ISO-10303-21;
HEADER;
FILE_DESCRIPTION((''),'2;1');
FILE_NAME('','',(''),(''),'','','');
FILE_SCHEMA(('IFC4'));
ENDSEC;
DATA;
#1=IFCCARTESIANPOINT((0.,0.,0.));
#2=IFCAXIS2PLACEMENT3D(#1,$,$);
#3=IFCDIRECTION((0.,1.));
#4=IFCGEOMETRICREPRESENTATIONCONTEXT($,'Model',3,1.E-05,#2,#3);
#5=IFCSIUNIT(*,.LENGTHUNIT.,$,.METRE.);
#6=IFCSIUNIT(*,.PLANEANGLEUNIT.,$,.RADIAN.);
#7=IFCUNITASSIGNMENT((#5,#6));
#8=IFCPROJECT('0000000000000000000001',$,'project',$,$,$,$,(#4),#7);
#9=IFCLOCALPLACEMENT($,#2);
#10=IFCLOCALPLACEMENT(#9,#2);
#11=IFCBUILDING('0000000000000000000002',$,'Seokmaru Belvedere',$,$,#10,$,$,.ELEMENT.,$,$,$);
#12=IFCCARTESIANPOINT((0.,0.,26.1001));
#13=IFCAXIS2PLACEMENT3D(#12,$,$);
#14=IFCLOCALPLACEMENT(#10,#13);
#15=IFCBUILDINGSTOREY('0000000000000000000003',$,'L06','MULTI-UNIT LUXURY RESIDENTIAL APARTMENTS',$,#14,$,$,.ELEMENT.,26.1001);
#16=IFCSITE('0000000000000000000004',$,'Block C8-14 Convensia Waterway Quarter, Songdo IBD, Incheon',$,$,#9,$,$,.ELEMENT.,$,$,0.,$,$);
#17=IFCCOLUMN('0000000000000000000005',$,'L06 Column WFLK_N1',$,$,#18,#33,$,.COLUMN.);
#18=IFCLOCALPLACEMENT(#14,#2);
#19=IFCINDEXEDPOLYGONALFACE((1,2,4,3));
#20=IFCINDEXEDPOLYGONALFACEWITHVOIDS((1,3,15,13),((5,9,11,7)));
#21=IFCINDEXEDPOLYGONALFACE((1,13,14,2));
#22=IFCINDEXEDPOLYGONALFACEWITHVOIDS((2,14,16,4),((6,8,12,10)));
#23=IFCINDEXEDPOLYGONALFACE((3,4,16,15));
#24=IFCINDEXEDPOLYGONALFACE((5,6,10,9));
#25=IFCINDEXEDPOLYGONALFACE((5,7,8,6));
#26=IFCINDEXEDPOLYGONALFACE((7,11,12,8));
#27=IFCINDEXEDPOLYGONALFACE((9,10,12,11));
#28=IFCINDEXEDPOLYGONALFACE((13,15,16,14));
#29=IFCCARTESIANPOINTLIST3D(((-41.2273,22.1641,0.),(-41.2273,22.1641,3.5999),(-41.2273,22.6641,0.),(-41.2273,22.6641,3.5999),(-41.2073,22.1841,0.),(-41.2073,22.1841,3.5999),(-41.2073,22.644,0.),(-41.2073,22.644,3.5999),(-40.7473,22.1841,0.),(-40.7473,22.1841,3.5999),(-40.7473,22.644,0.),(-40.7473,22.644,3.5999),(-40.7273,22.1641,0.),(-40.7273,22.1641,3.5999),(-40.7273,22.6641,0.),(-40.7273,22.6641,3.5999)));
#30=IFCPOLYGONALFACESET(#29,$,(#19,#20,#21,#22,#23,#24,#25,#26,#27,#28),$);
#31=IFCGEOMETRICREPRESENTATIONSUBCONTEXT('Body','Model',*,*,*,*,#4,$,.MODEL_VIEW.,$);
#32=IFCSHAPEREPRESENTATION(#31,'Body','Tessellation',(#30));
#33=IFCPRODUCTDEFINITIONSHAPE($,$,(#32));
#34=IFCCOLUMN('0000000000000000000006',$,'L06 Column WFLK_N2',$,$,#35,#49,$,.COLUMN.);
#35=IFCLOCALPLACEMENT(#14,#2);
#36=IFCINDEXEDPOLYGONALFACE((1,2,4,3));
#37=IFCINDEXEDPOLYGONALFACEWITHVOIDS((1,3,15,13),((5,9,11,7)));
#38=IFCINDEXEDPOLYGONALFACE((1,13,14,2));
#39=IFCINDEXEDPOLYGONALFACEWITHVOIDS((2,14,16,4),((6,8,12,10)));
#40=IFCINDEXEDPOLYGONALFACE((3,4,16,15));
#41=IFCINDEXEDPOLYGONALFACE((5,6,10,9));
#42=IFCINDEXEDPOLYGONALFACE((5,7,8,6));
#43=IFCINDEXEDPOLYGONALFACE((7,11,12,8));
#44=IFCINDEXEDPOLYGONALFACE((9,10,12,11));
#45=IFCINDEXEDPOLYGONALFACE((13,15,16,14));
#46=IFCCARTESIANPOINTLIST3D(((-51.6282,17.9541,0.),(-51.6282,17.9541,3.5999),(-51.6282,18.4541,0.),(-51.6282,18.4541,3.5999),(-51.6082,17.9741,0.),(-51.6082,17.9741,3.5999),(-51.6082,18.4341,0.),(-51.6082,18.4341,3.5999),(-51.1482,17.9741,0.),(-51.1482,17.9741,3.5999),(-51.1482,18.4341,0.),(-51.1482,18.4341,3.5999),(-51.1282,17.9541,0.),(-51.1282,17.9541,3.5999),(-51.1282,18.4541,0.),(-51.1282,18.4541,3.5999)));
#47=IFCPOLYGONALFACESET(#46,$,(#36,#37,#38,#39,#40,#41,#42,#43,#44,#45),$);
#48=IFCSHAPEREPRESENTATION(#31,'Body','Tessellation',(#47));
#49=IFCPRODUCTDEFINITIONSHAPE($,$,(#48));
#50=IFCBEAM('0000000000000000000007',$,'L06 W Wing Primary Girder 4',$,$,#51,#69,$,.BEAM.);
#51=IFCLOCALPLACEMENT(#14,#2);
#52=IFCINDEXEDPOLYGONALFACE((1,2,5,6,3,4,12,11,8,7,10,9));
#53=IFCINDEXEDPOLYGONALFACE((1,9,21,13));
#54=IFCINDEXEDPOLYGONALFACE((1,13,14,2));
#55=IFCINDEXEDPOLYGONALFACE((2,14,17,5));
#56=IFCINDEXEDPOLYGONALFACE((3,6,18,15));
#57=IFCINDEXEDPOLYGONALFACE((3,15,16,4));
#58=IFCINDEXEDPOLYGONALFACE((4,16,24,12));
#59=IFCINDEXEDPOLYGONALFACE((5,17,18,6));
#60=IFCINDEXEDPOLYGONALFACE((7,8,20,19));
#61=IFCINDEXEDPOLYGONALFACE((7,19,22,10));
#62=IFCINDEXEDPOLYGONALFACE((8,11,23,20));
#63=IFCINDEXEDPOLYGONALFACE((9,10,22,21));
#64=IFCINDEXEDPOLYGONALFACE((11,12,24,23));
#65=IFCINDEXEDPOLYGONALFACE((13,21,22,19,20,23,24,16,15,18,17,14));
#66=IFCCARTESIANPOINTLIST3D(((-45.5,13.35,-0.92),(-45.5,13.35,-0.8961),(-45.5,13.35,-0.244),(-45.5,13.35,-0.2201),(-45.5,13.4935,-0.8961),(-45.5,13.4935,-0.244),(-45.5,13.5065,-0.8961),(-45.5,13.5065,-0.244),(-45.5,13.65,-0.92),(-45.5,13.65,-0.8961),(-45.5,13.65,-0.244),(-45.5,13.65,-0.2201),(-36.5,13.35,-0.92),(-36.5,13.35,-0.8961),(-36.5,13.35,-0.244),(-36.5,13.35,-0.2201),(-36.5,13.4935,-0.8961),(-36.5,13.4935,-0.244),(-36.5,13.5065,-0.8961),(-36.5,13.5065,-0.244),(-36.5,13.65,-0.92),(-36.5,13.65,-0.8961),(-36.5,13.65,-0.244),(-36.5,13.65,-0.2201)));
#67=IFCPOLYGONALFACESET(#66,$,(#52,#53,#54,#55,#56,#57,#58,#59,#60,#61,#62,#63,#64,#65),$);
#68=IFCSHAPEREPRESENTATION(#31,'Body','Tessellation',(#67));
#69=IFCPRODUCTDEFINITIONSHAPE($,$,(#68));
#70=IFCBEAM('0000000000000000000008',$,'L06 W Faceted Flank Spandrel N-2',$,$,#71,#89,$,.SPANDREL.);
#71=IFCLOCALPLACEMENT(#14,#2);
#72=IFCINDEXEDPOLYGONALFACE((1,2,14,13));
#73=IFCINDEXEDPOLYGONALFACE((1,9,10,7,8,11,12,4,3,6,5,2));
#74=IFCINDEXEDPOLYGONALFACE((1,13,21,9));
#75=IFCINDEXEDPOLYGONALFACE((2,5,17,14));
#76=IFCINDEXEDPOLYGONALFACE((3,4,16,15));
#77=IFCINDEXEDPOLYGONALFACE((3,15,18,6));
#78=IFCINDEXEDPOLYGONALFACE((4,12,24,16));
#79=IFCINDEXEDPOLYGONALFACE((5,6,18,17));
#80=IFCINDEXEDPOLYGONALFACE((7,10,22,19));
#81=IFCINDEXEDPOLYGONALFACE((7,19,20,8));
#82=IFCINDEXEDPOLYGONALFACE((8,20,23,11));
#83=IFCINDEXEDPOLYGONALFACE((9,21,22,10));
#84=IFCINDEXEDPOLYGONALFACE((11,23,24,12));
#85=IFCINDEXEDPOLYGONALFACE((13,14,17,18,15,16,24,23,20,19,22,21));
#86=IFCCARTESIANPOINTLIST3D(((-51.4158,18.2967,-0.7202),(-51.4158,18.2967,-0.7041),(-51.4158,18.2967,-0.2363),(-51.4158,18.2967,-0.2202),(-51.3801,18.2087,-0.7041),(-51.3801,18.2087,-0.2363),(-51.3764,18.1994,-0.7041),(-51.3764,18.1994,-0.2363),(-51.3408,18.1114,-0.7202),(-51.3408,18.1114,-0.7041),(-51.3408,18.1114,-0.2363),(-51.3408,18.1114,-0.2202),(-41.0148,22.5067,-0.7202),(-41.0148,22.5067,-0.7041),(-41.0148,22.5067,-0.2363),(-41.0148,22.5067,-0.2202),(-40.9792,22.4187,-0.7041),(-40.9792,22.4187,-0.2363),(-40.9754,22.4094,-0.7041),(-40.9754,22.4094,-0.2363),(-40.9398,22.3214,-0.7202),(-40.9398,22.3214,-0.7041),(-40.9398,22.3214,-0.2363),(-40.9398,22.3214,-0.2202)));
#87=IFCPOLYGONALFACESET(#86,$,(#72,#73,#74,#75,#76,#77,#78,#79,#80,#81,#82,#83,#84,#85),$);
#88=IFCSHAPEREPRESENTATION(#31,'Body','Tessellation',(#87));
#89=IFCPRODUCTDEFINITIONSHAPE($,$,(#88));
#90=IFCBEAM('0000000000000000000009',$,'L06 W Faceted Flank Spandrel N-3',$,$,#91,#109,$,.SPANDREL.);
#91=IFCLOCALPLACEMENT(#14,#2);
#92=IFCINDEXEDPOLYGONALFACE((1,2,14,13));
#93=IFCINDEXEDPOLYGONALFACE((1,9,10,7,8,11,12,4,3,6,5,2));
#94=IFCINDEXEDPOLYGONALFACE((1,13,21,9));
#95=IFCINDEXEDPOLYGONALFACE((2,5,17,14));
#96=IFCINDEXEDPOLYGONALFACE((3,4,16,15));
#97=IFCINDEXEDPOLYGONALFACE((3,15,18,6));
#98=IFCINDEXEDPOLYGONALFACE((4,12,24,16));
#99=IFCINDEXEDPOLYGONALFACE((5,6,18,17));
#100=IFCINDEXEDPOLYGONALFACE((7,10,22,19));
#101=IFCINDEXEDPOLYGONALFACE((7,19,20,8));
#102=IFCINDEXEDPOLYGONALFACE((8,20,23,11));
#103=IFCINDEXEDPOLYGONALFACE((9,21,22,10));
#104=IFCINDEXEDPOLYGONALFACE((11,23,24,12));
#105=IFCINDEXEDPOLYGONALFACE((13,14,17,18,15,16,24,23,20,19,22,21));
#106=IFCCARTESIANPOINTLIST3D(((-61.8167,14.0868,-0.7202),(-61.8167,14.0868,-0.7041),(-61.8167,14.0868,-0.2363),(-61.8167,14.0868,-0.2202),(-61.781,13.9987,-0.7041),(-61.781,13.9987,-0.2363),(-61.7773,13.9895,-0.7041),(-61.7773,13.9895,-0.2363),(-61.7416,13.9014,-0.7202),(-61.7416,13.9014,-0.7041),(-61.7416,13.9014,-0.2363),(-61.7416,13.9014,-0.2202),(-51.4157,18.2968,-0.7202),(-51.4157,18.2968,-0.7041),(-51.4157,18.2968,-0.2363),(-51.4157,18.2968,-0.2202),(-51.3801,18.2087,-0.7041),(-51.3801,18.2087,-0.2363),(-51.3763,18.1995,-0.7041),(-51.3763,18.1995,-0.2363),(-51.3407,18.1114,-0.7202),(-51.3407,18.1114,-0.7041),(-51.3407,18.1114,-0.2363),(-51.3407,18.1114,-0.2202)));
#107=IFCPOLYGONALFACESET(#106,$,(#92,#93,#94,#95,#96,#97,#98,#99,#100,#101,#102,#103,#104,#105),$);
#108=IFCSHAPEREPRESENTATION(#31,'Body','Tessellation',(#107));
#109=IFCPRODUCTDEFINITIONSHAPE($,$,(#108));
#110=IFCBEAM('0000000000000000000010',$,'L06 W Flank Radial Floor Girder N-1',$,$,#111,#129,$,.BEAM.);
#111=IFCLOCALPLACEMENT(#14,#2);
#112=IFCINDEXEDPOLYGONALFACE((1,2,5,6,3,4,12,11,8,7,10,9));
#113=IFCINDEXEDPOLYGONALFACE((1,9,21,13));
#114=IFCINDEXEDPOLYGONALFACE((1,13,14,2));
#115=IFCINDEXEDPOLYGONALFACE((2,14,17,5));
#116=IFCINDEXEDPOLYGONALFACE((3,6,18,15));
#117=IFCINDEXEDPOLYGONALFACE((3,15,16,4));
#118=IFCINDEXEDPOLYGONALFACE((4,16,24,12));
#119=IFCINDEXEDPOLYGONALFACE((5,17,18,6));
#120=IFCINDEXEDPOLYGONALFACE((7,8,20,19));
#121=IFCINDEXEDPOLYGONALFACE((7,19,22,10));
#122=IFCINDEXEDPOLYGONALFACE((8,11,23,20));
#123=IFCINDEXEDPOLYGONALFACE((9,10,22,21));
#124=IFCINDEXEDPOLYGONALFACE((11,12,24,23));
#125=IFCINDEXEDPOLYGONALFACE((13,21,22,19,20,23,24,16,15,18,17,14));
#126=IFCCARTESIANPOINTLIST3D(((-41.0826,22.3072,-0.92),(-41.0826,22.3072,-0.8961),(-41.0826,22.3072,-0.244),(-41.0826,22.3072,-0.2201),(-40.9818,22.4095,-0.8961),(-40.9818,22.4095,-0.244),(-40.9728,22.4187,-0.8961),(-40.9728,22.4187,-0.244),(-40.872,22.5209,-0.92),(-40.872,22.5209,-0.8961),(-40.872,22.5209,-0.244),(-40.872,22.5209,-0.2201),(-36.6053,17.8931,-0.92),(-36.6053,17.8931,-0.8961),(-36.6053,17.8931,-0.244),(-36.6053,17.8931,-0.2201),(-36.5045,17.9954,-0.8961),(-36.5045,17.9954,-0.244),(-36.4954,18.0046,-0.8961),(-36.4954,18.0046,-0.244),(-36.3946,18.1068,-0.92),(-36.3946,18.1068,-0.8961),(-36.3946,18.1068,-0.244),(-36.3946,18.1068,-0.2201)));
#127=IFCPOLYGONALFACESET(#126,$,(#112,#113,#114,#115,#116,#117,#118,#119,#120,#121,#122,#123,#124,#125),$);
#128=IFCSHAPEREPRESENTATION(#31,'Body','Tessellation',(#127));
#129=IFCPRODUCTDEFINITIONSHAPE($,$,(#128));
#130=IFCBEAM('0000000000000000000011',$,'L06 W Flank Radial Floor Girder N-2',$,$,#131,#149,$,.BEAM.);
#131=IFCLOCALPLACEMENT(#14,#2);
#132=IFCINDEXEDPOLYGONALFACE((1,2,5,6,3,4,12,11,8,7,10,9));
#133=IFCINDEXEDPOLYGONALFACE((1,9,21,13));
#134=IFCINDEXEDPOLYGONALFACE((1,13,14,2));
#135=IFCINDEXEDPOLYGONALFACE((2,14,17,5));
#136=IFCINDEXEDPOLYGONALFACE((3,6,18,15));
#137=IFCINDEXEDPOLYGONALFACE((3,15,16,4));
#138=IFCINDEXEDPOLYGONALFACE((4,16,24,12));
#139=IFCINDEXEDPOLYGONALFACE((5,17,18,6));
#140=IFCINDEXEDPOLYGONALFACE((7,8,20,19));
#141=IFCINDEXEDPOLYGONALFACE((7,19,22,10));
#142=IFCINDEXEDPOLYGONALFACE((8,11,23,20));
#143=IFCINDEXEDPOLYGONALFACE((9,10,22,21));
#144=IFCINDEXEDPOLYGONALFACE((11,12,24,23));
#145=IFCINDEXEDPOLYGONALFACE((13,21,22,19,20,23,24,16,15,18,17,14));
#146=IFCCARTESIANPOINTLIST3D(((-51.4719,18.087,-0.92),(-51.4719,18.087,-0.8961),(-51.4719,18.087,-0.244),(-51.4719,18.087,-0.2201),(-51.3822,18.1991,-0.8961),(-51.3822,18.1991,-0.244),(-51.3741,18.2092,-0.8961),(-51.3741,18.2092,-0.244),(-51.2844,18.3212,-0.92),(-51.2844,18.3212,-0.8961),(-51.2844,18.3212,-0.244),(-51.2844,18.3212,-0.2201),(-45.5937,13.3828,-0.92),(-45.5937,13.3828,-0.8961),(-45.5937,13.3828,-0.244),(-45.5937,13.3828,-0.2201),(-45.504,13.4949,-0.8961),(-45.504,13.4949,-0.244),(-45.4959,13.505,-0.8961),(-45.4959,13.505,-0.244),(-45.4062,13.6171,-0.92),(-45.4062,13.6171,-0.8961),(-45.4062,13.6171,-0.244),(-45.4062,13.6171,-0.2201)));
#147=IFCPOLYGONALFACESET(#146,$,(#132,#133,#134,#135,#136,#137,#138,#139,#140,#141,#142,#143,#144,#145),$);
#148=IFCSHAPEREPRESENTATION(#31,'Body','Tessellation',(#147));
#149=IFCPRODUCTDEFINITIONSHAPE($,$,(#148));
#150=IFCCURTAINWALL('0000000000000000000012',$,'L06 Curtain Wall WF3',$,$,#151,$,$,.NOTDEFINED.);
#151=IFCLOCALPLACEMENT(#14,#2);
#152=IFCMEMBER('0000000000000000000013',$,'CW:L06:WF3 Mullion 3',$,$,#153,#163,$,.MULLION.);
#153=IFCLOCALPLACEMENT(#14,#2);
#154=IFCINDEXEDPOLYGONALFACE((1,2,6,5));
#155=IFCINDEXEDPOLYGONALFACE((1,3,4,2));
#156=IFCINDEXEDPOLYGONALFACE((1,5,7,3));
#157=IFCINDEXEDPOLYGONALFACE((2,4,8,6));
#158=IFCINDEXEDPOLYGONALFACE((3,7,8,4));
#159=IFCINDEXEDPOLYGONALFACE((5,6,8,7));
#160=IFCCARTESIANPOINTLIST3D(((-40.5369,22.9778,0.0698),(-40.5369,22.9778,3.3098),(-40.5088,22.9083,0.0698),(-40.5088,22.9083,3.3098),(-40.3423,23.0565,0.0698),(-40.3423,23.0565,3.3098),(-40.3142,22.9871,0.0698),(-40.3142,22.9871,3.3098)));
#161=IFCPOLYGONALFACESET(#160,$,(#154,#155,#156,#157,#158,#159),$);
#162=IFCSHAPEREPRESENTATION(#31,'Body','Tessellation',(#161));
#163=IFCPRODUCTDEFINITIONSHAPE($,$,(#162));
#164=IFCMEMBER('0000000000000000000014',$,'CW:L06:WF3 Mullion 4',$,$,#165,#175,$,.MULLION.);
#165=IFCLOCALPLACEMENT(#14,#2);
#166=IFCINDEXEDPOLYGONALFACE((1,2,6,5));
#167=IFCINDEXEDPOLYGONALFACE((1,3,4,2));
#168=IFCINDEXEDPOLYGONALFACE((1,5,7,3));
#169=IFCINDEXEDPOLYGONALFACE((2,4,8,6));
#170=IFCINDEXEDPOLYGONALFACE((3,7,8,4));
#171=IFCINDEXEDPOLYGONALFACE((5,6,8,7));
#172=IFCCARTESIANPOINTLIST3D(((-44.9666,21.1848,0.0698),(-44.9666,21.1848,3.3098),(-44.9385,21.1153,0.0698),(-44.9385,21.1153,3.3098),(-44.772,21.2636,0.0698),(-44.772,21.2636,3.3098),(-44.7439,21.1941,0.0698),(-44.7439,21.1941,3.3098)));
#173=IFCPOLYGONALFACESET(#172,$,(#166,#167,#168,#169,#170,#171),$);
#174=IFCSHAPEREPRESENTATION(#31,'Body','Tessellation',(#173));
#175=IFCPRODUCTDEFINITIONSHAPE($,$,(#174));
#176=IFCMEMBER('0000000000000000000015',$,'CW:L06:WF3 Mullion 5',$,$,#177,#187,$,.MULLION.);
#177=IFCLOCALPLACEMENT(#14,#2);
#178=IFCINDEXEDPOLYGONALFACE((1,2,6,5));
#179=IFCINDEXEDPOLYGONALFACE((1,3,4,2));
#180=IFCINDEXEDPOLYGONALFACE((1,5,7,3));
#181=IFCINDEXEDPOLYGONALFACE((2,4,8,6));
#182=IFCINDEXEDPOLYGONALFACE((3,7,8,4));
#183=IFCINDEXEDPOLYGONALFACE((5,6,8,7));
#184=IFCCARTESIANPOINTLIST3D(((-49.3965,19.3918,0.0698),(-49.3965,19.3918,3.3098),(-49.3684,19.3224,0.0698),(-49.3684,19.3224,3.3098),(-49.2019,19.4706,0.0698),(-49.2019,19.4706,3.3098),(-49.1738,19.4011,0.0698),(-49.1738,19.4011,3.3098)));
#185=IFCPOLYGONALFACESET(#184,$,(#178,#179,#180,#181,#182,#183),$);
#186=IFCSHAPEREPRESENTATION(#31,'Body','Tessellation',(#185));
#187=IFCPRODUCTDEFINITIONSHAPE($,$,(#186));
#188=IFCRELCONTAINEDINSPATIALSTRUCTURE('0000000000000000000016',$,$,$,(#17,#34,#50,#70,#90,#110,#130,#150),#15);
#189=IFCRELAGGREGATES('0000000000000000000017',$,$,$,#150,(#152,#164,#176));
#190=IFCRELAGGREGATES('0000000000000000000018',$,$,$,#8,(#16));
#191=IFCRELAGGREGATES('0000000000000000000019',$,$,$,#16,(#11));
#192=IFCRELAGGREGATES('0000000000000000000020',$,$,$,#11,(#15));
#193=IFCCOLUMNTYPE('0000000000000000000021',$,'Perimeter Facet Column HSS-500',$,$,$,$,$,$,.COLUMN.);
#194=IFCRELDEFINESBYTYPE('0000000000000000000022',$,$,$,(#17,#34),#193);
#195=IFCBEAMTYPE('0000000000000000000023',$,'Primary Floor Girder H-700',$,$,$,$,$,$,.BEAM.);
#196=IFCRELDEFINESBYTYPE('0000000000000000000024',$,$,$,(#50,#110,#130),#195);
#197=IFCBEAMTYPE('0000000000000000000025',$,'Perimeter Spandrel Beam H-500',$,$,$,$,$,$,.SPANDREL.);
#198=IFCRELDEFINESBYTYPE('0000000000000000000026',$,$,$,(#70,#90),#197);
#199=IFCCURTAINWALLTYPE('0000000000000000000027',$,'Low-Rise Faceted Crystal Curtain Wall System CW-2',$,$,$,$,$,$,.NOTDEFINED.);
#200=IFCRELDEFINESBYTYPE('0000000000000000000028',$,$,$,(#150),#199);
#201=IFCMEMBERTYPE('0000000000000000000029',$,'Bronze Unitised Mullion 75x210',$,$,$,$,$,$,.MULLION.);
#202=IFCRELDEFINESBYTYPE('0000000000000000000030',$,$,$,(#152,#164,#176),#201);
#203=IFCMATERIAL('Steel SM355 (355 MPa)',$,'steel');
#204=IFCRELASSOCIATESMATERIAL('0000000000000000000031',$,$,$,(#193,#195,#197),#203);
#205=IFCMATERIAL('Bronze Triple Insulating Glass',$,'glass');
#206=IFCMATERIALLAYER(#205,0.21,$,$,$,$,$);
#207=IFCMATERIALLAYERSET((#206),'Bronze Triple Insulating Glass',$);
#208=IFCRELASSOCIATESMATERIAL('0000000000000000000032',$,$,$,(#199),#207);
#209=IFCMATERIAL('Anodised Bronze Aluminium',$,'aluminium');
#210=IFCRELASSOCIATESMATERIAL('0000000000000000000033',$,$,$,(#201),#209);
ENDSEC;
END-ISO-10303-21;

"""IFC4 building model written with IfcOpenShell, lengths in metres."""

from ifc_helpers import new_model, si_unit, direction, frame, origin, origin_2d, place, context, subcontext, project, spatial, rectangle, hollow_rectangle, i_section, extrude, source, transform, mapped, material, layer, layer_set, material_profile, profile_set, type_object, type_shapes, element, aggregate, save


model = new_model("IFC4")

# Units and contexts
model_context = context("Model", 3, precision=1e-05, world=origin(), true_north=direction((0.0, 1.0)))
body_context = subcontext(model_context, "Body", "Model", "MODEL_VIEW")
ifc_project = project(units=[si_unit("LENGTHUNIT", "METRE"), si_unit("PLANEANGLEUNIT", "RADIAN")], contexts=[model_context])

# Site, building, storey
site_placement = place(None, origin())
site = spatial("IfcSite", under=ifc_project, at=site_placement, Name="Block C8-14 Convensia Waterway Quarter, Songdo IBD, Incheon", CompositionType="ELEMENT", RefElevation=0.0)
building_placement = place(site_placement, origin())
building = spatial("IfcBuilding", under=site, at=building_placement, Name="Seokmaru Belvedere", CompositionType="ELEMENT")
storey_placement = place(building_placement, frame((0.0, 0.0, 26.1001)))
storey = spatial("IfcBuildingStorey", under=building, at=storey_placement, Name="L06", Description="MULTI-UNIT LUXURY RESIDENTIAL APARTMENTS", CompositionType="ELEMENT", Elevation=26.1001)

# Columns
ifc_material_1 = material(Name="Steel SM355 (355 MPa)", Category="steel")
ifc_material_profile_1 = material_profile(ifc_material_1, hollow_rectangle(XDim=0.5, YDim=0.5, WallThickness=0.02, at=origin_2d()), Name="HSS-500x500x20")
ifc_profile_set_1 = profile_set([ifc_material_profile_1], Name="Steel SM355 (355 MPa)")
column_type = type_object("IfcColumnType", Name="Perimeter Facet Column HSS-500", PredefinedType="COLUMN", material=ifc_profile_set_1)
shared_shape_1 = source(origin(), body_context, "Body", "SweptSolid", [
    extrude(hollow_rectangle(XDim=0.5, YDim=0.5, WallThickness=0.02, at=origin_2d()), origin(), (0.0, 0.0, 1.0), 3.5999),
])
type_shapes(column_type, [shared_shape_1])
for number, where, z_axis, x_axis, name in (
    (1, (-40.9773, 22.4141, 0.0), (0.0, 0.0, 1.0), (1.0, 0.0, 0.0), "L06 Column WFLK_N1"),
    (2, (-51.3782, 18.2041, 0.0), (0.0, 0.0, 1.0), (1.0, 0.0, 0.0), "L06 Column WFLK_N2"),
):
    element("IfcColumn", number, at=place(storey_placement, frame(where, z_axis=z_axis, x_axis=x_axis)), inside=storey, type_object=column_type, Name=name, PredefinedType="COLUMN", context=body_context, shape_type="MappedRepresentation", body=[
        mapped(shared_shape_1, transform((0.0, 0.0, 0.0), scale=1.0)),
    ])

# Beams
ifc_material_profile_2 = material_profile(ifc_material_1, i_section(OverallWidth=0.3, OverallDepth=0.7, WebThickness=0.0129, FlangeThickness=0.0239, at=origin_2d()), Name="H-700x300x13x24")
ifc_profile_set_2 = profile_set([ifc_material_profile_2], Name="Steel SM355 (355 MPa)")
beam_type_1 = type_object("IfcBeamType", Name="Primary Floor Girder H-700", PredefinedType="BEAM", material=ifc_profile_set_2)
shared_shape_2 = source(origin(), body_context, "Body", "SweptSolid", [
    extrude(i_section(OverallWidth=0.3, OverallDepth=0.7, WebThickness=0.0129, FlangeThickness=0.0239, at=origin_2d()), origin(), (0.0, 0.0, 1.0), 9.0),
])
beam_1_placement = place(storey_placement, frame((-45.5, 13.5, -0.5701), z_axis=(1.0, 0.0, 0.0), x_axis=(0.0, 1.0, 0.0)))
element("IfcBeam", 3, at=beam_1_placement, inside=storey, type_object=beam_type_1, Name="L06 W Wing Primary Girder 4", PredefinedType="BEAM", context=body_context, shape_type="MappedRepresentation", body=[
    mapped(shared_shape_2, transform((0.0, 0.0, 0.0), scale=1.0)),
])
ifc_material_profile_3 = material_profile(ifc_material_1, i_section(OverallWidth=0.2, OverallDepth=0.5, WebThickness=0.01, FlangeThickness=0.0161, at=origin_2d()), Name="H-500x200x10x16")
ifc_profile_set_3 = profile_set([ifc_material_profile_3], Name="Steel SM355 (355 MPa)")
beam_type_2 = type_object("IfcBeamType", Name="Perimeter Spandrel Beam H-500", PredefinedType="SPANDREL", material=ifc_profile_set_3)
shared_shape_3 = source(origin(), body_context, "Body", "SweptSolid", [
    extrude(i_section(OverallWidth=0.2, OverallDepth=0.5, WebThickness=0.01, FlangeThickness=0.0161, at=origin_2d()), origin(), (0.0, 0.0, 1.0), 11.2207),
])
type_shapes(beam_type_2, [shared_shape_3])
for number, where, z_axis, x_axis, name in (
    (4, (-40.9773, 22.4141, -0.4702), (-0.926944, -0.375199, 0.0), (0.375199, -0.926944, 0.0), "L06 W Faceted Flank Spandrel N-2"),
    (5, (-51.3782, 18.2041, -0.4702), (-0.926944, -0.375199, 0.0), (0.375199, -0.926944, 0.0), "L06 W Faceted Flank Spandrel N-3"),
):
    element("IfcBeam", number, at=place(storey_placement, frame(where, z_axis=z_axis, x_axis=x_axis)), inside=storey, type_object=beam_type_2, Name=name, PredefinedType="SPANDREL", context=body_context, shape_type="MappedRepresentation", body=[
        mapped(shared_shape_3, transform((0.0, 0.0, 0.0), scale=1.0)),
    ])
shared_shape_4 = source(origin(), body_context, "Body", "SweptSolid", [
    extrude(i_section(OverallWidth=0.3, OverallDepth=0.7, WebThickness=0.0129, FlangeThickness=0.0239, at=origin_2d()), origin(), (0.0, 0.0, 1.0), 6.2874),
])
beam_2_placement = place(storey_placement, frame((-40.9773, 22.4141, -0.5701), z_axis=(0.712117, -0.70206, 0.0), x_axis=(0.70206, 0.712117, 0.0)))
element("IfcBeam", 6, at=beam_2_placement, inside=storey, type_object=beam_type_1, Name="L06 W Flank Radial Floor Girder N-1", PredefinedType="BEAM", context=body_context, shape_type="MappedRepresentation", body=[
    mapped(shared_shape_4, transform((0.0, 0.0, 0.0), scale=1.0)),
])
shared_shape_5 = source(origin(), body_context, "Body", "SweptSolid", [
    extrude(i_section(OverallWidth=0.3, OverallDepth=0.7, WebThickness=0.0129, FlangeThickness=0.0239, at=origin_2d()), origin(), (0.0, 0.0, 1.0), 7.5288),
])
type_shapes(beam_type_1, [shared_shape_2, shared_shape_4, shared_shape_5])
beam_3_placement = place(storey_placement, frame((-51.3782, 18.2041, -0.5701), z_axis=(0.780768, -0.624822, 0.0), x_axis=(0.624822, 0.780768, 0.0)))
element("IfcBeam", 7, at=beam_3_placement, inside=storey, type_object=beam_type_1, Name="L06 W Flank Radial Floor Girder N-2", PredefinedType="BEAM", context=body_context, shape_type="MappedRepresentation", body=[
    mapped(shared_shape_5, transform((0.0, 0.0, 0.0), scale=1.0)),
])

# Curtain wall, members
ifc_material_2 = material(Name="Bronze Triple Insulating Glass", Category="glass")
ifc_layer_1 = layer(ifc_material_2, 0.21)
ifc_layer_set_1 = layer_set([ifc_layer_1], Name="Bronze Triple Insulating Glass")
curtain_wall_type = type_object("IfcCurtainWallType", Name="Low-Rise Faceted Crystal Curtain Wall System CW-2", PredefinedType="NOTDEFINED", material=ifc_layer_set_1)
curtain_wall_placement = place(storey_placement, origin())
curtain_wall = element("IfcCurtainWall", 8, at=curtain_wall_placement, inside=storey, type_object=curtain_wall_type, Name="L06 Curtain Wall WF3", PredefinedType="NOTDEFINED")
ifc_material_3 = material(Name="Anodised Bronze Aluminium", Category="aluminium")
ifc_material_profile_4 = material_profile(ifc_material_3, rectangle(XDim=0.075, YDim=0.21, at=origin_2d()), Name="CW-M-75x210")
ifc_profile_set_4 = profile_set([ifc_material_profile_4], Name="Anodised Bronze Aluminium")
member_type = type_object("IfcMemberType", Name="Bronze Unitised Mullion 75x210", PredefinedType="MULLION", material=ifc_profile_set_4)
shared_shape_6 = source(origin(), body_context, "Body", "SweptSolid", [
    extrude(rectangle(XDim=0.075, YDim=0.21, at=origin_2d()), origin(), (0.0, 0.0, 1.0), 3.24),
])
type_shapes(member_type, [shared_shape_6])
member_1_placement = place(storey_placement, frame((-40.4255, 22.9824, 0.0698), z_axis=(0.0, 0.0, 1.0), x_axis=(0.375192, -0.926947, 0.0)))
member_1 = element("IfcMember", 9, at=member_1_placement, type_object=member_type, Name="CW:L06:WF3 Mullion 3", PredefinedType="MULLION", context=body_context, shape_type="MappedRepresentation", body=[
    mapped(shared_shape_6, transform((0.0, 0.0, 0.0), scale=1.0)),
])
member_2_placement = place(storey_placement, frame((-44.8552, 21.1895, 0.0698), z_axis=(0.0, 0.0, 1.0), x_axis=(0.375192, -0.926947, 0.0)))
member_2 = element("IfcMember", 10, at=member_2_placement, type_object=member_type, Name="CW:L06:WF3 Mullion 4", PredefinedType="MULLION", context=body_context, shape_type="MappedRepresentation", body=[
    mapped(shared_shape_6, transform((0.0, 0.0, 0.0), scale=1.0)),
])
member_3_placement = place(storey_placement, frame((-49.2852, 19.3965, 0.0698), z_axis=(0.0, 0.0, 1.0), x_axis=(0.375192, -0.926947, 0.0)))
member_3 = element("IfcMember", 11, at=member_3_placement, type_object=member_type, Name="CW:L06:WF3 Mullion 5", PredefinedType="MULLION", context=body_context, shape_type="MappedRepresentation", body=[
    mapped(shared_shape_6, transform((0.0, 0.0, 0.0), scale=1.0)),
])
aggregate(curtain_wall, [member_1, member_2, member_3])

save(model, "model.ifc")
